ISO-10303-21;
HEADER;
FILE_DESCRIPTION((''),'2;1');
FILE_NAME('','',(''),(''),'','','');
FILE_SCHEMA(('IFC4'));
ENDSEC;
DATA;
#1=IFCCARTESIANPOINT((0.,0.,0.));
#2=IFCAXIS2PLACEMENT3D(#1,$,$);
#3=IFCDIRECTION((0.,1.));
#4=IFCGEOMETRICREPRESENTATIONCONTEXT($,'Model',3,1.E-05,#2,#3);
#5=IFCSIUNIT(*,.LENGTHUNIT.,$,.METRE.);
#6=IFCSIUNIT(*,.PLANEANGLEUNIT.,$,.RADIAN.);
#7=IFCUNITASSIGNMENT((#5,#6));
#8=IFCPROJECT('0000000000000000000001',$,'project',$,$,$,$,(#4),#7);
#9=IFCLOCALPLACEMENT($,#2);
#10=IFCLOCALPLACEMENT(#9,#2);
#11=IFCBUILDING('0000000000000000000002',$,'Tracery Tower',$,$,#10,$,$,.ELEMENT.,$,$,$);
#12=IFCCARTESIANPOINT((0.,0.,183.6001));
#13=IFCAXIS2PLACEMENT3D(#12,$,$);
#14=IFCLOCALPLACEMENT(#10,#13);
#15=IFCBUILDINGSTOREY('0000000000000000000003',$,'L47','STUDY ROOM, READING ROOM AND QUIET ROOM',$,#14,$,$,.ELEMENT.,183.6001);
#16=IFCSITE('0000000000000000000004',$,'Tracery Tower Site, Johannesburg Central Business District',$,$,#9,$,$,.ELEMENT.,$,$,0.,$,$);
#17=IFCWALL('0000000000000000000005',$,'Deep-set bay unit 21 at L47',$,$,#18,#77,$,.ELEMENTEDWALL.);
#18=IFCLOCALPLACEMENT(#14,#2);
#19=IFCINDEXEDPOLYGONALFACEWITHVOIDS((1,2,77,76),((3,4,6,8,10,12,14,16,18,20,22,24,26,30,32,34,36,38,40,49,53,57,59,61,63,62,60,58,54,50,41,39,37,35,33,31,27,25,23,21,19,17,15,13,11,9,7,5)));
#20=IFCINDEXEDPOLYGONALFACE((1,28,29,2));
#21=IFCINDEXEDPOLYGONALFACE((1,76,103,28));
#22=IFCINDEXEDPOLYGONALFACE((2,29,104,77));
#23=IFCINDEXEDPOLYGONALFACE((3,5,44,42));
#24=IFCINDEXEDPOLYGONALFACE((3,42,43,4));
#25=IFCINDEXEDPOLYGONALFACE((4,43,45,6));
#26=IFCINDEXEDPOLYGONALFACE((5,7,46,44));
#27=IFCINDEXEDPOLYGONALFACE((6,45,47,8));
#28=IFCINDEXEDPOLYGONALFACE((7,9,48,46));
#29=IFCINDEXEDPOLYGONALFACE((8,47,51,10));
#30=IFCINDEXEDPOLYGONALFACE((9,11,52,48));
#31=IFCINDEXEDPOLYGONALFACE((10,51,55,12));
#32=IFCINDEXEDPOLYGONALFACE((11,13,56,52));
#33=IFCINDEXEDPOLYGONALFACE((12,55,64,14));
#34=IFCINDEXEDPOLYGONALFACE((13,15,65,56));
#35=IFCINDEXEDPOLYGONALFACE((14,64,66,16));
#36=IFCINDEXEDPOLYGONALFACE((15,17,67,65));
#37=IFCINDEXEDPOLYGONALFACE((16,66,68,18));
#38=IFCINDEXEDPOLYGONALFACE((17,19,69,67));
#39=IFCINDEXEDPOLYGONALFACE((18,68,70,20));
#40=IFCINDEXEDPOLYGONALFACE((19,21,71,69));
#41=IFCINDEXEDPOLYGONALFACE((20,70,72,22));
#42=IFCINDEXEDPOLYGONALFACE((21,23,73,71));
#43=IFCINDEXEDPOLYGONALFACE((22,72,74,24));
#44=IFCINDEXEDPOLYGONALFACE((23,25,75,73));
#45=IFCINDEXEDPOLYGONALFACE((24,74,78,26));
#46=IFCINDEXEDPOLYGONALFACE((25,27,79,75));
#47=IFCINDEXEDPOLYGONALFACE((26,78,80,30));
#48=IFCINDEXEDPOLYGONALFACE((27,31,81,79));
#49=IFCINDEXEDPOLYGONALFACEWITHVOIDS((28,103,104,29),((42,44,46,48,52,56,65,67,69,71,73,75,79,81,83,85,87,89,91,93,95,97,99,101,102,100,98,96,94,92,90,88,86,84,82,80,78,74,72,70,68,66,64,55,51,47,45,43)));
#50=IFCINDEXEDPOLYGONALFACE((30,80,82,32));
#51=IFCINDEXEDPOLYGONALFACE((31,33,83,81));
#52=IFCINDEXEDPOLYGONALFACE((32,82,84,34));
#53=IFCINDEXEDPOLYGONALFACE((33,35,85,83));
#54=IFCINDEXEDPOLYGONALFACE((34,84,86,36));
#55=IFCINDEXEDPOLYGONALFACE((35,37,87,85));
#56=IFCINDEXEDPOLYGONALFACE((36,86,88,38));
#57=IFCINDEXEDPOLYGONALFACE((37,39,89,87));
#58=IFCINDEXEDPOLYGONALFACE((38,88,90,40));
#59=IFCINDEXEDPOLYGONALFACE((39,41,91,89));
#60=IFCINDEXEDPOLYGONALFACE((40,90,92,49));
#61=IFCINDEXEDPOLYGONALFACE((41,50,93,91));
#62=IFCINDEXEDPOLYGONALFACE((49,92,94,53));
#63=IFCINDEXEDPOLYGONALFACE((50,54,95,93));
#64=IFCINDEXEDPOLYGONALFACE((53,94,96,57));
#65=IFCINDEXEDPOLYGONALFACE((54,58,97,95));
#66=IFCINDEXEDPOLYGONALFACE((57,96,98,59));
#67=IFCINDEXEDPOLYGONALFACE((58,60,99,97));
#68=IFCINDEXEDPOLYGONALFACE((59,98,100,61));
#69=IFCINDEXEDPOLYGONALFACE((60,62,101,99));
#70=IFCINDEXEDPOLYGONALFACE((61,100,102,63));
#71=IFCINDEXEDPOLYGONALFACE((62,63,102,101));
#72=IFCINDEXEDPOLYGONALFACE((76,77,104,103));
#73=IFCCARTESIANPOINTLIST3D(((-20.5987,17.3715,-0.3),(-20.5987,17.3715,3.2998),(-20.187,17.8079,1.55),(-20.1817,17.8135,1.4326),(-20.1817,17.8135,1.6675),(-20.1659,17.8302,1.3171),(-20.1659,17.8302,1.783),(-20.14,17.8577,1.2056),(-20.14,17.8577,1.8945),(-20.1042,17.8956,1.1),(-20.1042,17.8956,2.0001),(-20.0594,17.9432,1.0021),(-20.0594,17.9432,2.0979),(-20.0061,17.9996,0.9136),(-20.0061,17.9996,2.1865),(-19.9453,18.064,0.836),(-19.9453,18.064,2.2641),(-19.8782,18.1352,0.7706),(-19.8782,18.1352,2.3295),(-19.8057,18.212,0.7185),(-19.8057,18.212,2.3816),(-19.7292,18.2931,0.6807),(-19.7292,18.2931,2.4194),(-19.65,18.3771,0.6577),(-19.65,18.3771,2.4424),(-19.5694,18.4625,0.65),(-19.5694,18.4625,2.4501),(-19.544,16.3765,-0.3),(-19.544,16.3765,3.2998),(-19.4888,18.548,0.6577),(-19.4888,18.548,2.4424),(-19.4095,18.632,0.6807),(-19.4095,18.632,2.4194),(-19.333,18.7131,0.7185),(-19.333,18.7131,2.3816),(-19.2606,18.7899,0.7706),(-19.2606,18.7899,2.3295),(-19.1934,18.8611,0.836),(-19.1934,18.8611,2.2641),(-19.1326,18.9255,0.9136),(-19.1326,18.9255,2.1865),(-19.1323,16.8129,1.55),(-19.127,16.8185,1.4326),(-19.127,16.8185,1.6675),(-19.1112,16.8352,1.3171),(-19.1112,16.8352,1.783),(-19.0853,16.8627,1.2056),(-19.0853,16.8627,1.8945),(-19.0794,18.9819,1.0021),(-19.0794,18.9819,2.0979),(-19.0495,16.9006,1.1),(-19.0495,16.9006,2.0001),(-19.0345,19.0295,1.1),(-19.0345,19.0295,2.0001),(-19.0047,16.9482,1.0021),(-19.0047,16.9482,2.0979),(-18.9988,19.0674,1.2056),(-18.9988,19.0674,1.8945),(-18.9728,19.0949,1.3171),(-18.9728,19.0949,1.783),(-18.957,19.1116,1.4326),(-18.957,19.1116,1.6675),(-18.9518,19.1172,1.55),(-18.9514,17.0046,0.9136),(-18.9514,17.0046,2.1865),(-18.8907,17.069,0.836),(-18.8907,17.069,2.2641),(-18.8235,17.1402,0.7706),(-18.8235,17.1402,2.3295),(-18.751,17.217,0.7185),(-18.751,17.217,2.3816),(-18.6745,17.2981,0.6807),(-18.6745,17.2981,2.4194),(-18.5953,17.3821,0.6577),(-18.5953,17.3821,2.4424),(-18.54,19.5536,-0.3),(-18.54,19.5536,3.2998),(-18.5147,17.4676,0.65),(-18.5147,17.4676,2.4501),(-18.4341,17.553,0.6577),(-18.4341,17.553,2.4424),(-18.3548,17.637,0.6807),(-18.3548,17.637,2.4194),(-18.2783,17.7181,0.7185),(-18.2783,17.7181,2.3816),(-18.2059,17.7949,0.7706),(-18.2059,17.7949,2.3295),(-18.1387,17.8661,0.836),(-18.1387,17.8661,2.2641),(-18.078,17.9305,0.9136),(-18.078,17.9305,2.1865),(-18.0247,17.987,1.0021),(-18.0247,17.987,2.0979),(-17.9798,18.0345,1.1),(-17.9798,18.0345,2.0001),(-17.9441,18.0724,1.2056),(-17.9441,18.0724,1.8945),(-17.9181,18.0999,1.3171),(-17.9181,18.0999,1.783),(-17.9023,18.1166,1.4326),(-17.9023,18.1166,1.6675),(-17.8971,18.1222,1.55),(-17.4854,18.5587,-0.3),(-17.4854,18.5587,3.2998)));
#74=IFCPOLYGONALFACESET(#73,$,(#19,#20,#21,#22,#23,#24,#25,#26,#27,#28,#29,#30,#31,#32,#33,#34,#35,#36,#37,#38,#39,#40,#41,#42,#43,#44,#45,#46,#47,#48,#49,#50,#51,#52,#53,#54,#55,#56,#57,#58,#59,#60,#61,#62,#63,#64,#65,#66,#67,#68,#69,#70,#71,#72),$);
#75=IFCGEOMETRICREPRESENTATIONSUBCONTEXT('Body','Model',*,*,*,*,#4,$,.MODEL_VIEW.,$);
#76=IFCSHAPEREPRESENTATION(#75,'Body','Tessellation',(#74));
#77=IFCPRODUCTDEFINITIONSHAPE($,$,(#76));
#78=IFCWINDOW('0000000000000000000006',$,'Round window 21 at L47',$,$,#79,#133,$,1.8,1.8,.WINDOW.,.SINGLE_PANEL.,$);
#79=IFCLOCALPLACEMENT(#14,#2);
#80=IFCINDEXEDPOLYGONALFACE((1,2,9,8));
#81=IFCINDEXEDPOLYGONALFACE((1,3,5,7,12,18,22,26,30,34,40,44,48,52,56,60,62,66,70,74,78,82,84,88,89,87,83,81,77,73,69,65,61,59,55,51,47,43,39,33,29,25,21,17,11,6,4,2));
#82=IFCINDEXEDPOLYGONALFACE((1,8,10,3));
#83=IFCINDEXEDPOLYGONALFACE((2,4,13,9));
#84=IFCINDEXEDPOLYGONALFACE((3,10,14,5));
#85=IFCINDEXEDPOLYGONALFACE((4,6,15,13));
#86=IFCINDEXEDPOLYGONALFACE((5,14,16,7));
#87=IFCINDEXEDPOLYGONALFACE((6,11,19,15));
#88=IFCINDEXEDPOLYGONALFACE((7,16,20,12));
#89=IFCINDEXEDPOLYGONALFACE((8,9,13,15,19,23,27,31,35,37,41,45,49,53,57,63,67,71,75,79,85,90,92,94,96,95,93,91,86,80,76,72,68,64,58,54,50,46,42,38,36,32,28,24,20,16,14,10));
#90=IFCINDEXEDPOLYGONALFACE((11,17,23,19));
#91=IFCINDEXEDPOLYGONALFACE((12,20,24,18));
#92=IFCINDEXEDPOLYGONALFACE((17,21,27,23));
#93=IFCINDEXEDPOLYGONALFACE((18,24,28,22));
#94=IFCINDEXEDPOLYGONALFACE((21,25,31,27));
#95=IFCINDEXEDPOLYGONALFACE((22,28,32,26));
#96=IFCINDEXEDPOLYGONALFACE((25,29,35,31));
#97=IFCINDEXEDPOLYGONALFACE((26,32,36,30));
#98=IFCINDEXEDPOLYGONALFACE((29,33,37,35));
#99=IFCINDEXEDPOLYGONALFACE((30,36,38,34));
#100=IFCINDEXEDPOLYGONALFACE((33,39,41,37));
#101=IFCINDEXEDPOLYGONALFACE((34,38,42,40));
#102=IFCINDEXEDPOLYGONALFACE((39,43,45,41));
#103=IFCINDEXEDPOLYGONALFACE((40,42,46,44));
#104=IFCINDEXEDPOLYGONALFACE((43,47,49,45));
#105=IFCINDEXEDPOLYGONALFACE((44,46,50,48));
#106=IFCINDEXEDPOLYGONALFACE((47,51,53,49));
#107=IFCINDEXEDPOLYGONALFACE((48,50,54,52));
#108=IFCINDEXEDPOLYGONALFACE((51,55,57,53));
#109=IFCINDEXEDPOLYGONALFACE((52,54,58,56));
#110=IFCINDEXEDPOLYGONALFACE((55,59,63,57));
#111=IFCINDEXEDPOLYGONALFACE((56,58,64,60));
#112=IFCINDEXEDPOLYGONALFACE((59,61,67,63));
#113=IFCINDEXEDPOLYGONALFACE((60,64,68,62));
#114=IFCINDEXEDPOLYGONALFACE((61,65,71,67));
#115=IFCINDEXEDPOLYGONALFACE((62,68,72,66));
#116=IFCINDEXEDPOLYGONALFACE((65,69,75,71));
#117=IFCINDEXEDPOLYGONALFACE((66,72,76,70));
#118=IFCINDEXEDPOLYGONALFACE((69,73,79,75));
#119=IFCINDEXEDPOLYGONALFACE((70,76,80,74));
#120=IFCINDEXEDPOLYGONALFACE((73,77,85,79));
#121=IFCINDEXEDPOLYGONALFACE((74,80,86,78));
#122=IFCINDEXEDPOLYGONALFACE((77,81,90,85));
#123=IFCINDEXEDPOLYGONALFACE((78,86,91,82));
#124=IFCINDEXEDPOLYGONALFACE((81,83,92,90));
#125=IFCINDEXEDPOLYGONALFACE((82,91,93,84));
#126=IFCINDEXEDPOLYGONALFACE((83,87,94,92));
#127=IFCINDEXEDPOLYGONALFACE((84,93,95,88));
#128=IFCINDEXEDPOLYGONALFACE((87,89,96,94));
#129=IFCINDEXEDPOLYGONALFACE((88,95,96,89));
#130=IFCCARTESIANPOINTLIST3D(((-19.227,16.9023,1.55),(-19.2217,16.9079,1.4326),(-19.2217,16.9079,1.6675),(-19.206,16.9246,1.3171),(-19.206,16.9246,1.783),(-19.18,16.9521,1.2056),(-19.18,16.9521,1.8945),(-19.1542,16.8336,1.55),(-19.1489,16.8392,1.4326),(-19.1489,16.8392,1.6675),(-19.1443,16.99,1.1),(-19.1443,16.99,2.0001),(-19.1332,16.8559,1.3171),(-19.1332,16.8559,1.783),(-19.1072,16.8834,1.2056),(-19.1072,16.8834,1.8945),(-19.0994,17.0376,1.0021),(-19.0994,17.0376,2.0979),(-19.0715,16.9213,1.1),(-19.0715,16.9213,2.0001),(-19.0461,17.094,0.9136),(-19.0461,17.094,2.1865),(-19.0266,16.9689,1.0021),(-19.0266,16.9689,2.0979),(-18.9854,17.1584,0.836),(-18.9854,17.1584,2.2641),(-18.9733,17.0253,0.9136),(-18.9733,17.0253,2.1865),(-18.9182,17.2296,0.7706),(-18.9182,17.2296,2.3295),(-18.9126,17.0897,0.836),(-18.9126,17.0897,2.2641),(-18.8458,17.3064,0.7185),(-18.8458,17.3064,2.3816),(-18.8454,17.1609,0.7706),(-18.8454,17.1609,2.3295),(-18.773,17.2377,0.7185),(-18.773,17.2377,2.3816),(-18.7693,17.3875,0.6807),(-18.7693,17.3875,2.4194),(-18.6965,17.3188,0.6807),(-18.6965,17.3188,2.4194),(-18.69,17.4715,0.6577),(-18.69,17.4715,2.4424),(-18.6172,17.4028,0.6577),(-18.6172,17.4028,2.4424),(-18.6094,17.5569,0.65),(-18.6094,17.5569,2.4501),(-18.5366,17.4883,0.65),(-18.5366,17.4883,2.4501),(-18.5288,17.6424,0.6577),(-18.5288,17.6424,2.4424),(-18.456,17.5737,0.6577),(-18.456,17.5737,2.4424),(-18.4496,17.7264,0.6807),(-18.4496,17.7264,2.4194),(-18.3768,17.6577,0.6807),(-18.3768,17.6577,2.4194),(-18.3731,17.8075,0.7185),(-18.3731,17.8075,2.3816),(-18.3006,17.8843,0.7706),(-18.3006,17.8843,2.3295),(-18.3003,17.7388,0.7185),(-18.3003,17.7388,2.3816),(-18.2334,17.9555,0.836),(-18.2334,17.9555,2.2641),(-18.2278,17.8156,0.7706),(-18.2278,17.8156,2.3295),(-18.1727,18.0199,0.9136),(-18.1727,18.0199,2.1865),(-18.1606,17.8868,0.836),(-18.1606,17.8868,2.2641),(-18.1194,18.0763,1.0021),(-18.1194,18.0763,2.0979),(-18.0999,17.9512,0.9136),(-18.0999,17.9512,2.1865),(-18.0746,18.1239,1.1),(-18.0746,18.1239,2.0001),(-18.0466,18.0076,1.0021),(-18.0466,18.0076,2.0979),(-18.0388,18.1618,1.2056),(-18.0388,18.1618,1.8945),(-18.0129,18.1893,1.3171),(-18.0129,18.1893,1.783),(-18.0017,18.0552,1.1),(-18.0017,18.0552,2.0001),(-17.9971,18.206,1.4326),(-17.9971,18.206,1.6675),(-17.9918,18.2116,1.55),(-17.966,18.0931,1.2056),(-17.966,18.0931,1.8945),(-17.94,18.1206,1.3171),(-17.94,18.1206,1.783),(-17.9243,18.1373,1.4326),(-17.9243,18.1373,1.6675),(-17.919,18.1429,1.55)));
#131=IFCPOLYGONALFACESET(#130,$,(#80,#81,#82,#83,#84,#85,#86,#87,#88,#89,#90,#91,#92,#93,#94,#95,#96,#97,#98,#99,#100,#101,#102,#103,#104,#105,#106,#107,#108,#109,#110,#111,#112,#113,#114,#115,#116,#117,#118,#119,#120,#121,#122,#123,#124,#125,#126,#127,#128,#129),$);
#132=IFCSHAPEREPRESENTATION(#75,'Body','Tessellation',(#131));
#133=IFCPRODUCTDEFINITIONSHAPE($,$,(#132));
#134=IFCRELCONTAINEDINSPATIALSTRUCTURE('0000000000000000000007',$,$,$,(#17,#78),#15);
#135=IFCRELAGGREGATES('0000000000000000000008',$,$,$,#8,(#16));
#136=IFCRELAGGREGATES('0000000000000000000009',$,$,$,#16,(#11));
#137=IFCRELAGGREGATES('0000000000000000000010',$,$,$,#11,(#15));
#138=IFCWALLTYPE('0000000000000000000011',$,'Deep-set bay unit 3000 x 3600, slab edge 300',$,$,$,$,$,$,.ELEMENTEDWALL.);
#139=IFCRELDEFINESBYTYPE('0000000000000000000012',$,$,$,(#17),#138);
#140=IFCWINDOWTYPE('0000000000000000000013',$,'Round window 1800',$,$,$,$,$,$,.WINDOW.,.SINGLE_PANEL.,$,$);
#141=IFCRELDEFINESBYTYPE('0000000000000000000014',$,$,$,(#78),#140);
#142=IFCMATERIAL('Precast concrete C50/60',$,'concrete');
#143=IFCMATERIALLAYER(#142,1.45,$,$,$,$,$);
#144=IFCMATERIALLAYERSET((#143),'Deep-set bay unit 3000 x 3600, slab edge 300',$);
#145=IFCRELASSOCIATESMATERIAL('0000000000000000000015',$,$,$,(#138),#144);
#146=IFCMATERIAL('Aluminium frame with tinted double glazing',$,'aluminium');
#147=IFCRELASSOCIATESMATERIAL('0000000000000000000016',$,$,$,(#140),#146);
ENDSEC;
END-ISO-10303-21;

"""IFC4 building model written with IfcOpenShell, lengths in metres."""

from ifc_helpers import new_model, si_unit, direction, frame, frame_2d, origin, origin_2d, place, context, subcontext, project, spatial, rectangle, circle, extrude, material, layer, layer_set, type_object, element, fill, save


model = new_model("IFC4")

# Units and contexts
model_context = context("Model", 3, precision=1e-05, world=origin(), true_north=direction((0.0, 1.0)))
body_context = subcontext(model_context, "Body", "Model", "MODEL_VIEW")
ifc_project = project(units=[si_unit("LENGTHUNIT", "METRE"), si_unit("PLANEANGLEUNIT", "RADIAN")], contexts=[model_context])

# Site, building, storey
site_placement = place(None, origin())
site = spatial("IfcSite", under=ifc_project, at=site_placement, Name="Tracery Tower Site, Johannesburg Central Business District", CompositionType="ELEMENT", RefElevation=0.0)
building_placement = place(site_placement, origin())
building = spatial("IfcBuilding", under=site, at=building_placement, Name="Tracery Tower", CompositionType="ELEMENT")
storey_placement = place(building_placement, frame((0.0, 0.0, 183.6001)))
storey = spatial("IfcBuildingStorey", under=building, at=storey_placement, Name="L47", Description="STUDY ROOM, READING ROOM AND QUIET ROOM", CompositionType="ELEMENT", Elevation=183.6001)

# Wall, opening, window
ifc_material_1 = material(Name="Precast concrete C50/60", Category="concrete")
ifc_layer_1 = layer(ifc_material_1, 1.45)
ifc_layer_set_1 = layer_set([ifc_layer_1], Name="Deep-set bay unit 3000 x 3600, slab edge 300")
wall_type_1 = type_object("IfcWallType", Name="Deep-set bay unit 3000 x 3600, slab edge 300", PredefinedType="ELEMENTEDWALL", material=ifc_layer_set_1)
wall_1_placement = place(storey_placement, frame((-18.0127, 19.0562, -0.3), z_axis=(0.0, 0.0, 1.0), x_axis=(-0.686217, -0.727397, 0.0)))
wall_1 = element("IfcWall", 1, at=wall_1_placement, inside=storey, type_object=wall_type_1, Name="Deep-set bay unit 21 at L47", PredefinedType="ELEMENTEDWALL", context=body_context, shape_type="SweptSolid", body=[
    extrude(rectangle(XDim=3.0, YDim=1.45, at=frame_2d((1.5, 0.0))), origin(), (0.0, 0.0, 1.0), 3.5999),
])
opening_1_placement = place(wall_1_placement, frame((1.5, 0.0, 1.8501)))
opening_1 = element("IfcOpeningElement", 2, at=opening_1_placement, cuts=wall_1, PredefinedType="OPENING", context=body_context, shape_type="SweptSolid", body=[
    extrude(circle(Radius=0.9, at=origin_2d()), frame((0.0, 0.7349, 0.0), z_axis=(0.0, -1.0, 0.0), x_axis=(1.0, 0.0, 0.0)), (0.0, 0.0, 1.0), 1.47),
])
ifc_material_2 = material(Name="Aluminium frame with tinted double glazing", Category="aluminium")
window_type = type_object("IfcWindowType", Name="Round window 1800", PartitioningType="SINGLE_PANEL", PredefinedType="WINDOW", material=ifc_material_2)
window_1_placement = place(opening_1_placement, origin())
window_1 = element("IfcWindow", 3, at=window_1_placement, inside=storey, type_object=window_type, Name="Round window 21 at L47", OverallHeight=1.8, OverallWidth=1.8, PartitioningType="SINGLE_PANEL", PredefinedType="WINDOW", context=body_context, shape_type="SweptSolid", body=[
    extrude(circle(Radius=0.9, at=origin_2d()), frame((0.0, 0.6948, 0.0), z_axis=(0.0, -1.0, 0.0), x_axis=(1.0, 0.0, 0.0)), (0.0, 0.0, 1.0), 0.1001),
])
fill(opening_1, window_1)

save(model, "model.ifc")
